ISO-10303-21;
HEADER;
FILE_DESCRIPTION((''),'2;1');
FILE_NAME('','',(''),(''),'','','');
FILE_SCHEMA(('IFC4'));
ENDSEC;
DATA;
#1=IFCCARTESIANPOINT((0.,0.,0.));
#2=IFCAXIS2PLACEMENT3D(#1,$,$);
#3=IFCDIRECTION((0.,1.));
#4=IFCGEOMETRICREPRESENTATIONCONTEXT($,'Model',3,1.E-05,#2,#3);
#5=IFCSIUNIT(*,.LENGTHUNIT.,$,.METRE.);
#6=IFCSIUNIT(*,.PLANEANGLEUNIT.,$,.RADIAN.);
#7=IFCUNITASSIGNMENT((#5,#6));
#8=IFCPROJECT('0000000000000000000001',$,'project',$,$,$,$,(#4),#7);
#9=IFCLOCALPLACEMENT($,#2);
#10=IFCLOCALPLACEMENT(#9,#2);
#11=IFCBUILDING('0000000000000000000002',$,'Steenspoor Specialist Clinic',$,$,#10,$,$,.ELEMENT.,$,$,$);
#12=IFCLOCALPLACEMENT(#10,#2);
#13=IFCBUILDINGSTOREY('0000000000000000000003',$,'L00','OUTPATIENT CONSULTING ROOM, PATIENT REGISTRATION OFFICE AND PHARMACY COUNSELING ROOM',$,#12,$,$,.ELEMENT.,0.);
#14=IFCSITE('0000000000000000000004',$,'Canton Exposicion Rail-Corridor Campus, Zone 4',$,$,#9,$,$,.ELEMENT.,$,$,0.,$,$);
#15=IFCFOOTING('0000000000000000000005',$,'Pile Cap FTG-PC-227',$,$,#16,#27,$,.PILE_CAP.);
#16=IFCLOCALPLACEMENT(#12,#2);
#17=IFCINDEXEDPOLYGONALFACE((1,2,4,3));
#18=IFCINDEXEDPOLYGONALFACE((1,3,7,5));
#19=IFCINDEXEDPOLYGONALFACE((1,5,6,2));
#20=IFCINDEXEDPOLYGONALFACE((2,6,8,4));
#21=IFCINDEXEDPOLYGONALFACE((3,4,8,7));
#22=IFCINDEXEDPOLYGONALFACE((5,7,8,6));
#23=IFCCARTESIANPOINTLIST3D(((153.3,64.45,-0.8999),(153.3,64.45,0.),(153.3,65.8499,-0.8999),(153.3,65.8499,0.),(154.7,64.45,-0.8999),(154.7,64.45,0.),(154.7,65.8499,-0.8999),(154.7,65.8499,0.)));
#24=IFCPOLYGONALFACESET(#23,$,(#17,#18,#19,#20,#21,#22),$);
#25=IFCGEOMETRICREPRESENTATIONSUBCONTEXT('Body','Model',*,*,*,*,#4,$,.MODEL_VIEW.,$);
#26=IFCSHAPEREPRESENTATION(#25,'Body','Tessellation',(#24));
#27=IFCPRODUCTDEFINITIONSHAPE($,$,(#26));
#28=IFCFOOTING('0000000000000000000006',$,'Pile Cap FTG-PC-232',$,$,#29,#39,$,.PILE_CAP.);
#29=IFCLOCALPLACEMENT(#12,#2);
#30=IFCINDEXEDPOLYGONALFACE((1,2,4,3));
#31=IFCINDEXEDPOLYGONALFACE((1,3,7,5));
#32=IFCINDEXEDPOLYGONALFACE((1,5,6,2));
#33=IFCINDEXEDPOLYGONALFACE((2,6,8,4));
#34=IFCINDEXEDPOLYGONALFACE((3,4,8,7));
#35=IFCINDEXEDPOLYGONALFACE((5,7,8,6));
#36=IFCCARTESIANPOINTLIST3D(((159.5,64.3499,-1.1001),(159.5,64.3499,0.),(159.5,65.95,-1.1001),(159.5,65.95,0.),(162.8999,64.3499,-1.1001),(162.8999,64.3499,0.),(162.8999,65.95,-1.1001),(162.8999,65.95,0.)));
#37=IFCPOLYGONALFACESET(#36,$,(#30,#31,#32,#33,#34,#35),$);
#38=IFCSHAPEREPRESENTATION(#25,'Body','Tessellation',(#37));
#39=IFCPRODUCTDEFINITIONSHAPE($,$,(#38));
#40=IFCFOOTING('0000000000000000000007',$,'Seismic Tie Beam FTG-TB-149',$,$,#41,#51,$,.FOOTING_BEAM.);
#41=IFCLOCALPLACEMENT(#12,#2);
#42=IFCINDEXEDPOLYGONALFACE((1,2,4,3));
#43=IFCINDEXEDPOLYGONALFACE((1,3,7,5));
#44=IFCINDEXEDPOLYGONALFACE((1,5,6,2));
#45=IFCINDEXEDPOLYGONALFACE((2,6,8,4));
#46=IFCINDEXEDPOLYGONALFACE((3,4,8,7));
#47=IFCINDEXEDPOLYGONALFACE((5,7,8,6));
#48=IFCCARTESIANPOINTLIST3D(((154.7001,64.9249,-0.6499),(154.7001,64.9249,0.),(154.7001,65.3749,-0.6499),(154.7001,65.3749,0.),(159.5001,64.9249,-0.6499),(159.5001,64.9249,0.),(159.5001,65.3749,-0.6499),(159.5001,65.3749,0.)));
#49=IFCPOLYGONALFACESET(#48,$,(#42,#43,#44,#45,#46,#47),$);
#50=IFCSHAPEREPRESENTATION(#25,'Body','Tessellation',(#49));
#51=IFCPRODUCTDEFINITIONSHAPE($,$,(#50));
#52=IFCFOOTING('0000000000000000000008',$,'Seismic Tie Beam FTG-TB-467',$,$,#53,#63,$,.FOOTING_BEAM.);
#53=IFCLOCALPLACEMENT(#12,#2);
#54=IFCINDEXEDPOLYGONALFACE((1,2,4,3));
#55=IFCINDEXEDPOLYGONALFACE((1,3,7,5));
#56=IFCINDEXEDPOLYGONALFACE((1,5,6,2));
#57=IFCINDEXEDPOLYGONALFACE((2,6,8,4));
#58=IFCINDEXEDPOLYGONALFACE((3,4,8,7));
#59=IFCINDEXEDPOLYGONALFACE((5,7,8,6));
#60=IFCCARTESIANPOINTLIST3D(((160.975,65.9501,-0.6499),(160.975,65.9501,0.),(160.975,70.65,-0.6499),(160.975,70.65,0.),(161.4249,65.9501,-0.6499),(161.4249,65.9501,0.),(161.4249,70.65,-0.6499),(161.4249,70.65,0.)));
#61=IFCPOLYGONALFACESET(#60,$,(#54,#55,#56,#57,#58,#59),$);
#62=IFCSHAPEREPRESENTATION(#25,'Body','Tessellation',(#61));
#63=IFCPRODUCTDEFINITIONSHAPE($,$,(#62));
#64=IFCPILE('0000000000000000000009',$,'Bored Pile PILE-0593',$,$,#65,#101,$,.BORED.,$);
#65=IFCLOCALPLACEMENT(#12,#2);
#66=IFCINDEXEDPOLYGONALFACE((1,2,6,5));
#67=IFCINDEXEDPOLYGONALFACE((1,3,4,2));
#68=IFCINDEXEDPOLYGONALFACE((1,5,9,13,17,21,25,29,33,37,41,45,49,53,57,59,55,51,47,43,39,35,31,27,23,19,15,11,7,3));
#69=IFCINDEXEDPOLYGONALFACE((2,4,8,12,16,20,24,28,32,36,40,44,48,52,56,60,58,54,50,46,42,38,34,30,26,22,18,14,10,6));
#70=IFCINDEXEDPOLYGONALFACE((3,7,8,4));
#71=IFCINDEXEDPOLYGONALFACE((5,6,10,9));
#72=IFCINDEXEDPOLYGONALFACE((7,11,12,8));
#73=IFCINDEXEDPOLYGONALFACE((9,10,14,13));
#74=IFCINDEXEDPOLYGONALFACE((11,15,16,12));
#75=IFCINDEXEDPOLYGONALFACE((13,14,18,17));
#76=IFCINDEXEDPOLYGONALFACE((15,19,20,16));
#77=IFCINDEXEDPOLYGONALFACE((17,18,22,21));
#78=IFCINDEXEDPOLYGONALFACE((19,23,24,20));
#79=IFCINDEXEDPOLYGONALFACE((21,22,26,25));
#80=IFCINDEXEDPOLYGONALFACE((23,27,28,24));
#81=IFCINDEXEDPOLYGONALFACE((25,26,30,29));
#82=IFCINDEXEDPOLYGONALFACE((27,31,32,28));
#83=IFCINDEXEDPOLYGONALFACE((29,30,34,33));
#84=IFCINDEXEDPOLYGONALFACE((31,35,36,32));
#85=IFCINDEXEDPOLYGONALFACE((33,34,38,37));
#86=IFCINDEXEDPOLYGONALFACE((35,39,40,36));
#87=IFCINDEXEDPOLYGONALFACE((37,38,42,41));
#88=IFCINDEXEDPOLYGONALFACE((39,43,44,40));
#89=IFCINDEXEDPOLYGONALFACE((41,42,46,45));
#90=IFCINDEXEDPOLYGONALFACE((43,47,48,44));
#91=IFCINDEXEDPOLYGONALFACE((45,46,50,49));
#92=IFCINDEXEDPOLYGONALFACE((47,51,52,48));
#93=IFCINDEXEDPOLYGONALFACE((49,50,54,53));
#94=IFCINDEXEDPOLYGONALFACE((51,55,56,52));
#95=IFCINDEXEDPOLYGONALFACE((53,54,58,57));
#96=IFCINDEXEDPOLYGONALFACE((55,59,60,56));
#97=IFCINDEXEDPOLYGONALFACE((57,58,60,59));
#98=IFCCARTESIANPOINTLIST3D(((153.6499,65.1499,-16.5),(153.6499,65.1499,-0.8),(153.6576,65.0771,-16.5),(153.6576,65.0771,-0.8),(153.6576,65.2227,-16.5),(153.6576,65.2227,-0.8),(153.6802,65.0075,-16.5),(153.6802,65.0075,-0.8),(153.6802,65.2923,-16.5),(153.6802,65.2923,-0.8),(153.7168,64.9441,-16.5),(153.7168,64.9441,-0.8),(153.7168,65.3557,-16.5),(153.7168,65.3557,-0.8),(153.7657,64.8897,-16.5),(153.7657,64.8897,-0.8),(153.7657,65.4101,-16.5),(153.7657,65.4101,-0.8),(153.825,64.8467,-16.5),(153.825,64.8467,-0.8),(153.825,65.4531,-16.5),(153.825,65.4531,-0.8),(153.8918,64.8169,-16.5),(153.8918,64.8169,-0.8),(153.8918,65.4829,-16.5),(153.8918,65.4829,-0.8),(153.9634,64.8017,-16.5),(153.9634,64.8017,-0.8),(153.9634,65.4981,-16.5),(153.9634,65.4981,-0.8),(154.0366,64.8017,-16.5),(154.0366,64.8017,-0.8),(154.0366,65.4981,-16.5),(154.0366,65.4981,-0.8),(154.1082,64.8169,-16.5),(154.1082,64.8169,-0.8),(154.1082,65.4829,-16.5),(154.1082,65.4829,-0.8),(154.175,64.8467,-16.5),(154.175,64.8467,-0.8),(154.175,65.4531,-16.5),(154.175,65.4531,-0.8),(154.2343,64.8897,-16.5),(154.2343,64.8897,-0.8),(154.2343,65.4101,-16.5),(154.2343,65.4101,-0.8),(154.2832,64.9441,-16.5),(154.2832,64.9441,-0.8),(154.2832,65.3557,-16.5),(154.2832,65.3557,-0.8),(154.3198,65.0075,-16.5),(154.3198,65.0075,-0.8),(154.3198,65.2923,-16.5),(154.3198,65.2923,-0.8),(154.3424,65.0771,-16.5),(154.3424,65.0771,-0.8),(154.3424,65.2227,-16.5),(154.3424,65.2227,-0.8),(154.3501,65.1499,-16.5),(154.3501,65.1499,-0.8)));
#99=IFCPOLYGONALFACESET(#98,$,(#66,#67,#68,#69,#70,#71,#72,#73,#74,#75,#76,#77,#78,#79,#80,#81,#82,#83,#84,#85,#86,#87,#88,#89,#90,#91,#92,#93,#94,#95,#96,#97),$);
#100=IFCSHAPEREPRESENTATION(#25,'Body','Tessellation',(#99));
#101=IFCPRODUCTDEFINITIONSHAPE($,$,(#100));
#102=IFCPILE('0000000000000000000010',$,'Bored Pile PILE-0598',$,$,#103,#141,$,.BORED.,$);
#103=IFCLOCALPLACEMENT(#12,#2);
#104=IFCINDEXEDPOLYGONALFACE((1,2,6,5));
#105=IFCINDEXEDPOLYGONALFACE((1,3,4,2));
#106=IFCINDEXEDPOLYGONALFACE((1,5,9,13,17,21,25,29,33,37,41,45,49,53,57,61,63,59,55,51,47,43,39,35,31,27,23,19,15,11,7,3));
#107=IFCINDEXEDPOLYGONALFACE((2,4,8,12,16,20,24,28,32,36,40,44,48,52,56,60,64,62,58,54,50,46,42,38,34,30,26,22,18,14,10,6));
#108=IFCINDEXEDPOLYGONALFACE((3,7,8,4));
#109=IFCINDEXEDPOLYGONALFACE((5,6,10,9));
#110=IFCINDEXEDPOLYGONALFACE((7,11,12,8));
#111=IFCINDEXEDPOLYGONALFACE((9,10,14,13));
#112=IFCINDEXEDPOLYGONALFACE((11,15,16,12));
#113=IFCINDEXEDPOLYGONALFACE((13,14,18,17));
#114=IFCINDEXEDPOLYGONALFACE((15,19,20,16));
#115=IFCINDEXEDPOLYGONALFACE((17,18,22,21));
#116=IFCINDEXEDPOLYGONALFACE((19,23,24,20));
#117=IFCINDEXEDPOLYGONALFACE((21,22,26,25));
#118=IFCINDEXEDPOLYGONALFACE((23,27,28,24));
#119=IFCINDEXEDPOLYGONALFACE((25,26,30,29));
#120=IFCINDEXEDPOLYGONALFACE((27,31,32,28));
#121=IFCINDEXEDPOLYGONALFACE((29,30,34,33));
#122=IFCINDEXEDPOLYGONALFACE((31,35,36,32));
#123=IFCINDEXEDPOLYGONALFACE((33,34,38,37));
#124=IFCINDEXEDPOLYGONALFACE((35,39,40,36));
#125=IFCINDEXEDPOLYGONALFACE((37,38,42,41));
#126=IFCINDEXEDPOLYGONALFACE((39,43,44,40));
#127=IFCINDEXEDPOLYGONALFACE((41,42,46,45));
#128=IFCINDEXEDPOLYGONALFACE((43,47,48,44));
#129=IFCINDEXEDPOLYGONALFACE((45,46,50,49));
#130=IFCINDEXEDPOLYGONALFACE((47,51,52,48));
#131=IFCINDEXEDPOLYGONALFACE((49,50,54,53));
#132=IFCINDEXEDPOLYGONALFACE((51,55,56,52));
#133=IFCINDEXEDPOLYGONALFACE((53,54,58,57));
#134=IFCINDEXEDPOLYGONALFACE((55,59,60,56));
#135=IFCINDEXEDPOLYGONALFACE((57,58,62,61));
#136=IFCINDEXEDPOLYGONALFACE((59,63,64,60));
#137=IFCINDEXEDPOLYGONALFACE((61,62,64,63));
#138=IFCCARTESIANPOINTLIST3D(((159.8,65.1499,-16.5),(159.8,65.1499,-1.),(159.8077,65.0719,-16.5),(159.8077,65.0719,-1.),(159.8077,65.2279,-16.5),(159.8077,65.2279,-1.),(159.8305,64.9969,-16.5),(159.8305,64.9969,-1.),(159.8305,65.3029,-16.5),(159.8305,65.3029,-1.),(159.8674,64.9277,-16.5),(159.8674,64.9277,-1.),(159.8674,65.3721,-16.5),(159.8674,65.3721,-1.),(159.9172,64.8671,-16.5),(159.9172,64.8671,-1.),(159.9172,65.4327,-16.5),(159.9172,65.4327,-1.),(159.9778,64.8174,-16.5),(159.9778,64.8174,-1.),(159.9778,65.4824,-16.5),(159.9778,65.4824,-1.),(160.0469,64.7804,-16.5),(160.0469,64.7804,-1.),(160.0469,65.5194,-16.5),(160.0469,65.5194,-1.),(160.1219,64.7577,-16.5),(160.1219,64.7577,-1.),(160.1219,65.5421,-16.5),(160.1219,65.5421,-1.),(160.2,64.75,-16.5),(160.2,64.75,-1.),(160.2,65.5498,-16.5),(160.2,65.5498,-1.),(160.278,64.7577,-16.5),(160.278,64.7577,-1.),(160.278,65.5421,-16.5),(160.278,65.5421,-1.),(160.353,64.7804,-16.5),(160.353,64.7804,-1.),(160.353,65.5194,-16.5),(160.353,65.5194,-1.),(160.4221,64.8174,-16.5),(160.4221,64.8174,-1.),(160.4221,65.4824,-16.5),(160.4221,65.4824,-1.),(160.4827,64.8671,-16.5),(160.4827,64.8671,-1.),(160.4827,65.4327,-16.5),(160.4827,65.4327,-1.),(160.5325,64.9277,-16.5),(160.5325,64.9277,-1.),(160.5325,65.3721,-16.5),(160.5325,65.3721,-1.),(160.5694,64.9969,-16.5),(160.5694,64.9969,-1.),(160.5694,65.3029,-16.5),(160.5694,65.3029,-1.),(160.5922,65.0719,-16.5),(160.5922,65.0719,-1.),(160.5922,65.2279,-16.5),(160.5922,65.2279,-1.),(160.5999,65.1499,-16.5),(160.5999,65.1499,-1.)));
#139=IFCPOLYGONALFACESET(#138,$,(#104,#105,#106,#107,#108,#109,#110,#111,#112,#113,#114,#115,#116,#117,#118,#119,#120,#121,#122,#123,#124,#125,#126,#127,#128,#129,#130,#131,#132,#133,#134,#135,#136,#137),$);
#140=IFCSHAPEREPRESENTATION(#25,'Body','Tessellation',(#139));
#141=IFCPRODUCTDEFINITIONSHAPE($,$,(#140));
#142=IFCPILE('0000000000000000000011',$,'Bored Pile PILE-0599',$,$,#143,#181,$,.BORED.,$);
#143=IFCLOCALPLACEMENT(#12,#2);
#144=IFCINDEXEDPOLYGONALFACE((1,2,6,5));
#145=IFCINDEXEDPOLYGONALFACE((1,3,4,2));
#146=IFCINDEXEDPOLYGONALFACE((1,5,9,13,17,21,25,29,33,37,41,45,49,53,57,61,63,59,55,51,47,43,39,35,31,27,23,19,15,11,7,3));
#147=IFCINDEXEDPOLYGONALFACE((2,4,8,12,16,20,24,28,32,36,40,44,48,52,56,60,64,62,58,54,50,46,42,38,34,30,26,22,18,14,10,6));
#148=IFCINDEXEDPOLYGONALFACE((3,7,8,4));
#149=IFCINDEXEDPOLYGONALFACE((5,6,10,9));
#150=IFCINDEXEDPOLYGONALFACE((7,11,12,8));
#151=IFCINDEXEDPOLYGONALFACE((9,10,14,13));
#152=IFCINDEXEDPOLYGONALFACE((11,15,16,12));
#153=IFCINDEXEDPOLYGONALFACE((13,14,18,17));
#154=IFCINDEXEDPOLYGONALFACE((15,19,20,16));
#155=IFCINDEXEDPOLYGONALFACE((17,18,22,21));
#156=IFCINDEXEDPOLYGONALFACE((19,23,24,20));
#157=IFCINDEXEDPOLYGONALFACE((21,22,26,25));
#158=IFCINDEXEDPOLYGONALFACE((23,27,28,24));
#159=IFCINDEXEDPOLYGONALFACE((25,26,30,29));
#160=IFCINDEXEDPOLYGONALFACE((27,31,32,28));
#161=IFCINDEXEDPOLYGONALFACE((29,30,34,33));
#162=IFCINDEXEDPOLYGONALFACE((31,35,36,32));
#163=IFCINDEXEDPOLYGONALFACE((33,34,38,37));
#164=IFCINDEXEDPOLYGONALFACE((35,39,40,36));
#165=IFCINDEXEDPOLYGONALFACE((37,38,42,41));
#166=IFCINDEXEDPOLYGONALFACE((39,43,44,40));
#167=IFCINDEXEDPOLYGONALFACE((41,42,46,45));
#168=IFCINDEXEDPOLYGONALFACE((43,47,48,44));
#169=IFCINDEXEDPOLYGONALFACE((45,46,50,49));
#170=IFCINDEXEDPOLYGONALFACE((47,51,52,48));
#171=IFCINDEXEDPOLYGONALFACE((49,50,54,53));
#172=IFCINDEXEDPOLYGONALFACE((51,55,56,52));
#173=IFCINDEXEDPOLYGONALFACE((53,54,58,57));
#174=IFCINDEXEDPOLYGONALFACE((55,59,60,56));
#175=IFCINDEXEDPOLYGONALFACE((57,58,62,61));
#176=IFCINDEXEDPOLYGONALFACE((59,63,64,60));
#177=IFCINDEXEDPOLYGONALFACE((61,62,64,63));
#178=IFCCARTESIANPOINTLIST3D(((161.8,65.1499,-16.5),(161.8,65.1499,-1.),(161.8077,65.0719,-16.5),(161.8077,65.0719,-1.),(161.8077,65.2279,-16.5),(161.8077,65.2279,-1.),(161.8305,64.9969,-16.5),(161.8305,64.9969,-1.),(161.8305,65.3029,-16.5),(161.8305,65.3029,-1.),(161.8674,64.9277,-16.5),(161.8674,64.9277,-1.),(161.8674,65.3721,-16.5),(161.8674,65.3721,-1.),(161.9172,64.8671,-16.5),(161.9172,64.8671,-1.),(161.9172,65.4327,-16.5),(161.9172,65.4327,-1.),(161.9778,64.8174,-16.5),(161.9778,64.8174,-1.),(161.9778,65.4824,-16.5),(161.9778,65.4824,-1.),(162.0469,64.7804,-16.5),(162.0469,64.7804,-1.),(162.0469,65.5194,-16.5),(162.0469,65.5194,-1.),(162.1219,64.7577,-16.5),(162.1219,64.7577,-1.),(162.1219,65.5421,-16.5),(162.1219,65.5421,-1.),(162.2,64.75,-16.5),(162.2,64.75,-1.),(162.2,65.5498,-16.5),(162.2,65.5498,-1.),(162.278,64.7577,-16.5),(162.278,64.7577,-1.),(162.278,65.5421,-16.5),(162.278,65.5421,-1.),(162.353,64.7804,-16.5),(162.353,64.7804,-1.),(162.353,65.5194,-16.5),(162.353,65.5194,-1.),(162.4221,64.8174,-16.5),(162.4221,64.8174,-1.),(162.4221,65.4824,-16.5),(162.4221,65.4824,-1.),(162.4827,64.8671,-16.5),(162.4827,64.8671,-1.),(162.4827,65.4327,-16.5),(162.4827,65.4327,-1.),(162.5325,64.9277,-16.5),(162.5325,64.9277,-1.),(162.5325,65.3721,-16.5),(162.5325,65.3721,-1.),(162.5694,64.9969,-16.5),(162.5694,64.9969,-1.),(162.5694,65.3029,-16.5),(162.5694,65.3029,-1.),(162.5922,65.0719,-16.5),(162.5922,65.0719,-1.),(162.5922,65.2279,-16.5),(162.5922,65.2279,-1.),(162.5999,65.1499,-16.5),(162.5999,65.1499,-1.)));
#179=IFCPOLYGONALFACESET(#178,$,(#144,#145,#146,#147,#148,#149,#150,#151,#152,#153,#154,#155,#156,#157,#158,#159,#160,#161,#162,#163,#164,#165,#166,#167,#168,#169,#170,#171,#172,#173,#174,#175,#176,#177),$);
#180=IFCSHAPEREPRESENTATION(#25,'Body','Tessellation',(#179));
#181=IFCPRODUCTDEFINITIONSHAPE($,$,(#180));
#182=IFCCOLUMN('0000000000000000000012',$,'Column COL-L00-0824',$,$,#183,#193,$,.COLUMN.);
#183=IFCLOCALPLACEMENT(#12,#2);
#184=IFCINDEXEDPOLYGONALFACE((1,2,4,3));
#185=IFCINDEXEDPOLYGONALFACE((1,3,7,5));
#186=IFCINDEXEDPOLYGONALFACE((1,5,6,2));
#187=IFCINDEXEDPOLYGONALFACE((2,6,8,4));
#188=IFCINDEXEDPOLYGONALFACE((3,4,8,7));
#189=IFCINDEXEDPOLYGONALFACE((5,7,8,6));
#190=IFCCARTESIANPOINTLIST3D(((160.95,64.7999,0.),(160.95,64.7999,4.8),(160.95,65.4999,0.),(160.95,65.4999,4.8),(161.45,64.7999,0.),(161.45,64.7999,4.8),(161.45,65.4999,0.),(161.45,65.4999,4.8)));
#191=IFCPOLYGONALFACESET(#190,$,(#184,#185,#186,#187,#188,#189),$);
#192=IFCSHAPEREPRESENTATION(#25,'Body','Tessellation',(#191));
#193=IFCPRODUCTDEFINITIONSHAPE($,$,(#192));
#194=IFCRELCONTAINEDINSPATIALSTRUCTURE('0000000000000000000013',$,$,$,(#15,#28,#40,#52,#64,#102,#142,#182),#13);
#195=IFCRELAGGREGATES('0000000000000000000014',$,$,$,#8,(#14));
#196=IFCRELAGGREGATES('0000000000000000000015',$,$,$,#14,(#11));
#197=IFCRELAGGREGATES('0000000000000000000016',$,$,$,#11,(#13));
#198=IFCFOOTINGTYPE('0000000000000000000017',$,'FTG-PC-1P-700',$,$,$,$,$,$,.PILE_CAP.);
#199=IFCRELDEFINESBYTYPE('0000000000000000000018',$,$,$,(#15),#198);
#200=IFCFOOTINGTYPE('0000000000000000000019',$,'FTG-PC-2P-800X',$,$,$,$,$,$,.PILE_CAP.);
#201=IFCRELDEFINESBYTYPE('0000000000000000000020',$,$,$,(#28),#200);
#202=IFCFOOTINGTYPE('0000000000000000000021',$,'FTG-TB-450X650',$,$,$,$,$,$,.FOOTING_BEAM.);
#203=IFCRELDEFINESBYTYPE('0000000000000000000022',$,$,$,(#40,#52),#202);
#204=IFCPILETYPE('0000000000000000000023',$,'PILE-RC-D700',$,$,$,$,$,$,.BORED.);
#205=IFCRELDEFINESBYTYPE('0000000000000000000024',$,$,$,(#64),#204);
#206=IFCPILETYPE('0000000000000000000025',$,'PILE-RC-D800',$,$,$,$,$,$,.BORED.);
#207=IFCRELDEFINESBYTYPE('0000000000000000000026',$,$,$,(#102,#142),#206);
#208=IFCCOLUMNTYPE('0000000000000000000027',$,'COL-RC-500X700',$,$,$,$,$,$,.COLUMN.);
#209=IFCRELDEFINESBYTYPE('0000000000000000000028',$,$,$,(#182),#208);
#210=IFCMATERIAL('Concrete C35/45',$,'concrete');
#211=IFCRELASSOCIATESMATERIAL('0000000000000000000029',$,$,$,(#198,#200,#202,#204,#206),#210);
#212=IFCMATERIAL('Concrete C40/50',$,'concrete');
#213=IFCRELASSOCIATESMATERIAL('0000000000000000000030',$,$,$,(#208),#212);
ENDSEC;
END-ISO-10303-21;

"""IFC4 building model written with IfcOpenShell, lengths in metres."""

from ifc_helpers import new_model, si_unit, direction, frame, origin, origin_2d, place, context, subcontext, project, spatial, rectangle, circle, extrude, material, material_profile, profile_set, type_object, element, save


model = new_model("IFC4")

# Units and contexts
model_context = context("Model", 3, precision=1e-05, world=origin(), true_north=direction((0.0, 1.0)))
body_context = subcontext(model_context, "Body", "Model", "MODEL_VIEW")
ifc_project = project(units=[si_unit("LENGTHUNIT", "METRE"), si_unit("PLANEANGLEUNIT", "RADIAN")], contexts=[model_context])

# Site, building, storey
site_placement = place(None, origin())
site = spatial("IfcSite", under=ifc_project, at=site_placement, Name="Canton Exposicion Rail-Corridor Campus, Zone 4", CompositionType="ELEMENT", RefElevation=0.0)
building_placement = place(site_placement, origin())
building = spatial("IfcBuilding", under=site, at=building_placement, Name="Steenspoor Specialist Clinic", CompositionType="ELEMENT")
storey_placement = place(building_placement, origin())
storey = spatial("IfcBuildingStorey", under=building, at=storey_placement, Name="L00", Description="OUTPATIENT CONSULTING ROOM, PATIENT REGISTRATION OFFICE AND PHARMACY COUNSELING ROOM", CompositionType="ELEMENT", Elevation=0.0)

# Footings
ifc_material_1 = material(Name="Concrete C35/45", Category="concrete")
footing_type_1 = type_object("IfcFootingType", Name="FTG-PC-1P-700", PredefinedType="PILE_CAP", material=ifc_material_1)
footing_1_placement = place(storey_placement, frame((154.0, 65.1499, -0.8999), z_axis=(0.0, 0.0, 1.0), x_axis=(1.0, 0.0, 0.0)))
element("IfcFooting", 1, at=footing_1_placement, inside=storey, type_object=footing_type_1, Name="Pile Cap FTG-PC-227", PredefinedType="PILE_CAP", context=body_context, shape_type="SweptSolid", body=[
    extrude(rectangle(XDim=1.3999, YDim=1.3999, at=origin_2d()), origin(), (0.0, 0.0, 1.0), 0.8999),
])
footing_type_2 = type_object("IfcFootingType", Name="FTG-PC-2P-800X", PredefinedType="PILE_CAP", material=ifc_material_1)
footing_2_placement = place(storey_placement, frame((161.2, 65.1499, -1.1001), z_axis=(0.0, 0.0, 1.0), x_axis=(1.0, 0.0, 0.0)))
element("IfcFooting", 2, at=footing_2_placement, inside=storey, type_object=footing_type_2, Name="Pile Cap FTG-PC-232", PredefinedType="PILE_CAP", context=body_context, shape_type="SweptSolid", body=[
    extrude(rectangle(XDim=3.3999, YDim=1.6001, at=origin_2d()), origin(), (0.0, 0.0, 1.0), 1.1001),
])
footing_type_3 = type_object("IfcFootingType", Name="FTG-TB-450X650", PredefinedType="FOOTING_BEAM", material=ifc_material_1)
footing_3_placement = place(storey_placement, frame((157.1001, 65.1499, -0.6499), z_axis=(0.0, 0.0, 1.0), x_axis=(1.0, 0.0, 0.0)))
element("IfcFooting", 3, at=footing_3_placement, inside=storey, type_object=footing_type_3, Name="Seismic Tie Beam FTG-TB-149", PredefinedType="FOOTING_BEAM", context=body_context, shape_type="SweptSolid", body=[
    extrude(rectangle(XDim=4.8, YDim=0.45, at=origin_2d()), origin(), (0.0, 0.0, 1.0), 0.6499),
])
footing_4_placement = place(storey_placement, frame((161.2, 68.3, -0.6499), z_axis=(0.0, 0.0, 1.0), x_axis=(1.0, 0.0, 0.0)))
element("IfcFooting", 4, at=footing_4_placement, inside=storey, type_object=footing_type_3, Name="Seismic Tie Beam FTG-TB-467", PredefinedType="FOOTING_BEAM", context=body_context, shape_type="SweptSolid", body=[
    extrude(rectangle(XDim=0.45, YDim=4.7, at=origin_2d()), origin(), (0.0, 0.0, 1.0), 0.6499),
])

# Piles
ifc_material_profile_1 = material_profile(ifc_material_1, circle(Radius=0.3501, at=origin_2d()), Name="PILE-D700")
ifc_profile_set_1 = profile_set([ifc_material_profile_1], Name="Concrete C35/45")
pile_type_1 = type_object("IfcPileType", Name="PILE-RC-D700", PredefinedType="BORED", material=ifc_profile_set_1)
pile_placement = place(storey_placement, frame((154.0, 65.1499, -0.8), z_axis=(0.0, 0.0, -1.0), x_axis=(1.0, 0.0, 0.0)))
element("IfcPile", 5, at=pile_placement, inside=storey, type_object=pile_type_1, Name="Bored Pile PILE-0593", PredefinedType="BORED", context=body_context, shape_type="SweptSolid", body=[
    extrude(circle(Radius=0.3501, at=origin_2d()), origin(), (0.0, 0.0, 1.0), 15.7),
])
ifc_material_profile_2 = material_profile(ifc_material_1, circle(Radius=0.3999, at=origin_2d()), Name="PILE-D800")
ifc_profile_set_2 = profile_set([ifc_material_profile_2], Name="Concrete C35/45")
pile_type_2 = type_object("IfcPileType", Name="PILE-RC-D800", PredefinedType="BORED", material=ifc_profile_set_2)
for number, where, z_axis, x_axis, name in (
    (6, (160.2, 65.1499, -1.0), (0.0, 0.0, -1.0), (1.0, 0.0, 0.0), "Bored Pile PILE-0598"),
    (7, (162.2, 65.1499, -1.0), (0.0, 0.0, -1.0), (1.0, 0.0, 0.0), "Bored Pile PILE-0599"),
):
    element("IfcPile", number, at=place(storey_placement, frame(where, z_axis=z_axis, x_axis=x_axis)), inside=storey, type_object=pile_type_2, Name=name, PredefinedType="BORED", context=body_context, shape_type="SweptSolid", body=[
        extrude(circle(Radius=0.3999, at=origin_2d()), origin(), (0.0, 0.0, 1.0), 15.5),
    ])

# Column
ifc_material_2 = material(Name="Concrete C40/50", Category="concrete")
ifc_material_profile_3 = material_profile(ifc_material_2, rectangle(XDim=0.5, YDim=0.7, at=origin_2d()), Name="RC-COL-500X700")
ifc_profile_set_3 = profile_set([ifc_material_profile_3], Name="Concrete C40/50")
column_type_1 = type_object("IfcColumnType", Name="COL-RC-500X700", PredefinedType="COLUMN", material=ifc_profile_set_3)
column_1_placement = place(storey_placement, frame((161.2, 65.1499, 0.0), z_axis=(0.0, 0.0, 1.0), x_axis=(1.0, 0.0, 0.0)))
element("IfcColumn", 8, at=column_1_placement, inside=storey, type_object=column_type_1, Name="Column COL-L00-0824", PredefinedType="COLUMN", context=body_context, shape_type="SweptSolid", body=[
    extrude(rectangle(XDim=0.5, YDim=0.7, at=origin_2d()), origin(), (0.0, 0.0, 1.0), 4.8),
])

save(model, "model.ifc")
